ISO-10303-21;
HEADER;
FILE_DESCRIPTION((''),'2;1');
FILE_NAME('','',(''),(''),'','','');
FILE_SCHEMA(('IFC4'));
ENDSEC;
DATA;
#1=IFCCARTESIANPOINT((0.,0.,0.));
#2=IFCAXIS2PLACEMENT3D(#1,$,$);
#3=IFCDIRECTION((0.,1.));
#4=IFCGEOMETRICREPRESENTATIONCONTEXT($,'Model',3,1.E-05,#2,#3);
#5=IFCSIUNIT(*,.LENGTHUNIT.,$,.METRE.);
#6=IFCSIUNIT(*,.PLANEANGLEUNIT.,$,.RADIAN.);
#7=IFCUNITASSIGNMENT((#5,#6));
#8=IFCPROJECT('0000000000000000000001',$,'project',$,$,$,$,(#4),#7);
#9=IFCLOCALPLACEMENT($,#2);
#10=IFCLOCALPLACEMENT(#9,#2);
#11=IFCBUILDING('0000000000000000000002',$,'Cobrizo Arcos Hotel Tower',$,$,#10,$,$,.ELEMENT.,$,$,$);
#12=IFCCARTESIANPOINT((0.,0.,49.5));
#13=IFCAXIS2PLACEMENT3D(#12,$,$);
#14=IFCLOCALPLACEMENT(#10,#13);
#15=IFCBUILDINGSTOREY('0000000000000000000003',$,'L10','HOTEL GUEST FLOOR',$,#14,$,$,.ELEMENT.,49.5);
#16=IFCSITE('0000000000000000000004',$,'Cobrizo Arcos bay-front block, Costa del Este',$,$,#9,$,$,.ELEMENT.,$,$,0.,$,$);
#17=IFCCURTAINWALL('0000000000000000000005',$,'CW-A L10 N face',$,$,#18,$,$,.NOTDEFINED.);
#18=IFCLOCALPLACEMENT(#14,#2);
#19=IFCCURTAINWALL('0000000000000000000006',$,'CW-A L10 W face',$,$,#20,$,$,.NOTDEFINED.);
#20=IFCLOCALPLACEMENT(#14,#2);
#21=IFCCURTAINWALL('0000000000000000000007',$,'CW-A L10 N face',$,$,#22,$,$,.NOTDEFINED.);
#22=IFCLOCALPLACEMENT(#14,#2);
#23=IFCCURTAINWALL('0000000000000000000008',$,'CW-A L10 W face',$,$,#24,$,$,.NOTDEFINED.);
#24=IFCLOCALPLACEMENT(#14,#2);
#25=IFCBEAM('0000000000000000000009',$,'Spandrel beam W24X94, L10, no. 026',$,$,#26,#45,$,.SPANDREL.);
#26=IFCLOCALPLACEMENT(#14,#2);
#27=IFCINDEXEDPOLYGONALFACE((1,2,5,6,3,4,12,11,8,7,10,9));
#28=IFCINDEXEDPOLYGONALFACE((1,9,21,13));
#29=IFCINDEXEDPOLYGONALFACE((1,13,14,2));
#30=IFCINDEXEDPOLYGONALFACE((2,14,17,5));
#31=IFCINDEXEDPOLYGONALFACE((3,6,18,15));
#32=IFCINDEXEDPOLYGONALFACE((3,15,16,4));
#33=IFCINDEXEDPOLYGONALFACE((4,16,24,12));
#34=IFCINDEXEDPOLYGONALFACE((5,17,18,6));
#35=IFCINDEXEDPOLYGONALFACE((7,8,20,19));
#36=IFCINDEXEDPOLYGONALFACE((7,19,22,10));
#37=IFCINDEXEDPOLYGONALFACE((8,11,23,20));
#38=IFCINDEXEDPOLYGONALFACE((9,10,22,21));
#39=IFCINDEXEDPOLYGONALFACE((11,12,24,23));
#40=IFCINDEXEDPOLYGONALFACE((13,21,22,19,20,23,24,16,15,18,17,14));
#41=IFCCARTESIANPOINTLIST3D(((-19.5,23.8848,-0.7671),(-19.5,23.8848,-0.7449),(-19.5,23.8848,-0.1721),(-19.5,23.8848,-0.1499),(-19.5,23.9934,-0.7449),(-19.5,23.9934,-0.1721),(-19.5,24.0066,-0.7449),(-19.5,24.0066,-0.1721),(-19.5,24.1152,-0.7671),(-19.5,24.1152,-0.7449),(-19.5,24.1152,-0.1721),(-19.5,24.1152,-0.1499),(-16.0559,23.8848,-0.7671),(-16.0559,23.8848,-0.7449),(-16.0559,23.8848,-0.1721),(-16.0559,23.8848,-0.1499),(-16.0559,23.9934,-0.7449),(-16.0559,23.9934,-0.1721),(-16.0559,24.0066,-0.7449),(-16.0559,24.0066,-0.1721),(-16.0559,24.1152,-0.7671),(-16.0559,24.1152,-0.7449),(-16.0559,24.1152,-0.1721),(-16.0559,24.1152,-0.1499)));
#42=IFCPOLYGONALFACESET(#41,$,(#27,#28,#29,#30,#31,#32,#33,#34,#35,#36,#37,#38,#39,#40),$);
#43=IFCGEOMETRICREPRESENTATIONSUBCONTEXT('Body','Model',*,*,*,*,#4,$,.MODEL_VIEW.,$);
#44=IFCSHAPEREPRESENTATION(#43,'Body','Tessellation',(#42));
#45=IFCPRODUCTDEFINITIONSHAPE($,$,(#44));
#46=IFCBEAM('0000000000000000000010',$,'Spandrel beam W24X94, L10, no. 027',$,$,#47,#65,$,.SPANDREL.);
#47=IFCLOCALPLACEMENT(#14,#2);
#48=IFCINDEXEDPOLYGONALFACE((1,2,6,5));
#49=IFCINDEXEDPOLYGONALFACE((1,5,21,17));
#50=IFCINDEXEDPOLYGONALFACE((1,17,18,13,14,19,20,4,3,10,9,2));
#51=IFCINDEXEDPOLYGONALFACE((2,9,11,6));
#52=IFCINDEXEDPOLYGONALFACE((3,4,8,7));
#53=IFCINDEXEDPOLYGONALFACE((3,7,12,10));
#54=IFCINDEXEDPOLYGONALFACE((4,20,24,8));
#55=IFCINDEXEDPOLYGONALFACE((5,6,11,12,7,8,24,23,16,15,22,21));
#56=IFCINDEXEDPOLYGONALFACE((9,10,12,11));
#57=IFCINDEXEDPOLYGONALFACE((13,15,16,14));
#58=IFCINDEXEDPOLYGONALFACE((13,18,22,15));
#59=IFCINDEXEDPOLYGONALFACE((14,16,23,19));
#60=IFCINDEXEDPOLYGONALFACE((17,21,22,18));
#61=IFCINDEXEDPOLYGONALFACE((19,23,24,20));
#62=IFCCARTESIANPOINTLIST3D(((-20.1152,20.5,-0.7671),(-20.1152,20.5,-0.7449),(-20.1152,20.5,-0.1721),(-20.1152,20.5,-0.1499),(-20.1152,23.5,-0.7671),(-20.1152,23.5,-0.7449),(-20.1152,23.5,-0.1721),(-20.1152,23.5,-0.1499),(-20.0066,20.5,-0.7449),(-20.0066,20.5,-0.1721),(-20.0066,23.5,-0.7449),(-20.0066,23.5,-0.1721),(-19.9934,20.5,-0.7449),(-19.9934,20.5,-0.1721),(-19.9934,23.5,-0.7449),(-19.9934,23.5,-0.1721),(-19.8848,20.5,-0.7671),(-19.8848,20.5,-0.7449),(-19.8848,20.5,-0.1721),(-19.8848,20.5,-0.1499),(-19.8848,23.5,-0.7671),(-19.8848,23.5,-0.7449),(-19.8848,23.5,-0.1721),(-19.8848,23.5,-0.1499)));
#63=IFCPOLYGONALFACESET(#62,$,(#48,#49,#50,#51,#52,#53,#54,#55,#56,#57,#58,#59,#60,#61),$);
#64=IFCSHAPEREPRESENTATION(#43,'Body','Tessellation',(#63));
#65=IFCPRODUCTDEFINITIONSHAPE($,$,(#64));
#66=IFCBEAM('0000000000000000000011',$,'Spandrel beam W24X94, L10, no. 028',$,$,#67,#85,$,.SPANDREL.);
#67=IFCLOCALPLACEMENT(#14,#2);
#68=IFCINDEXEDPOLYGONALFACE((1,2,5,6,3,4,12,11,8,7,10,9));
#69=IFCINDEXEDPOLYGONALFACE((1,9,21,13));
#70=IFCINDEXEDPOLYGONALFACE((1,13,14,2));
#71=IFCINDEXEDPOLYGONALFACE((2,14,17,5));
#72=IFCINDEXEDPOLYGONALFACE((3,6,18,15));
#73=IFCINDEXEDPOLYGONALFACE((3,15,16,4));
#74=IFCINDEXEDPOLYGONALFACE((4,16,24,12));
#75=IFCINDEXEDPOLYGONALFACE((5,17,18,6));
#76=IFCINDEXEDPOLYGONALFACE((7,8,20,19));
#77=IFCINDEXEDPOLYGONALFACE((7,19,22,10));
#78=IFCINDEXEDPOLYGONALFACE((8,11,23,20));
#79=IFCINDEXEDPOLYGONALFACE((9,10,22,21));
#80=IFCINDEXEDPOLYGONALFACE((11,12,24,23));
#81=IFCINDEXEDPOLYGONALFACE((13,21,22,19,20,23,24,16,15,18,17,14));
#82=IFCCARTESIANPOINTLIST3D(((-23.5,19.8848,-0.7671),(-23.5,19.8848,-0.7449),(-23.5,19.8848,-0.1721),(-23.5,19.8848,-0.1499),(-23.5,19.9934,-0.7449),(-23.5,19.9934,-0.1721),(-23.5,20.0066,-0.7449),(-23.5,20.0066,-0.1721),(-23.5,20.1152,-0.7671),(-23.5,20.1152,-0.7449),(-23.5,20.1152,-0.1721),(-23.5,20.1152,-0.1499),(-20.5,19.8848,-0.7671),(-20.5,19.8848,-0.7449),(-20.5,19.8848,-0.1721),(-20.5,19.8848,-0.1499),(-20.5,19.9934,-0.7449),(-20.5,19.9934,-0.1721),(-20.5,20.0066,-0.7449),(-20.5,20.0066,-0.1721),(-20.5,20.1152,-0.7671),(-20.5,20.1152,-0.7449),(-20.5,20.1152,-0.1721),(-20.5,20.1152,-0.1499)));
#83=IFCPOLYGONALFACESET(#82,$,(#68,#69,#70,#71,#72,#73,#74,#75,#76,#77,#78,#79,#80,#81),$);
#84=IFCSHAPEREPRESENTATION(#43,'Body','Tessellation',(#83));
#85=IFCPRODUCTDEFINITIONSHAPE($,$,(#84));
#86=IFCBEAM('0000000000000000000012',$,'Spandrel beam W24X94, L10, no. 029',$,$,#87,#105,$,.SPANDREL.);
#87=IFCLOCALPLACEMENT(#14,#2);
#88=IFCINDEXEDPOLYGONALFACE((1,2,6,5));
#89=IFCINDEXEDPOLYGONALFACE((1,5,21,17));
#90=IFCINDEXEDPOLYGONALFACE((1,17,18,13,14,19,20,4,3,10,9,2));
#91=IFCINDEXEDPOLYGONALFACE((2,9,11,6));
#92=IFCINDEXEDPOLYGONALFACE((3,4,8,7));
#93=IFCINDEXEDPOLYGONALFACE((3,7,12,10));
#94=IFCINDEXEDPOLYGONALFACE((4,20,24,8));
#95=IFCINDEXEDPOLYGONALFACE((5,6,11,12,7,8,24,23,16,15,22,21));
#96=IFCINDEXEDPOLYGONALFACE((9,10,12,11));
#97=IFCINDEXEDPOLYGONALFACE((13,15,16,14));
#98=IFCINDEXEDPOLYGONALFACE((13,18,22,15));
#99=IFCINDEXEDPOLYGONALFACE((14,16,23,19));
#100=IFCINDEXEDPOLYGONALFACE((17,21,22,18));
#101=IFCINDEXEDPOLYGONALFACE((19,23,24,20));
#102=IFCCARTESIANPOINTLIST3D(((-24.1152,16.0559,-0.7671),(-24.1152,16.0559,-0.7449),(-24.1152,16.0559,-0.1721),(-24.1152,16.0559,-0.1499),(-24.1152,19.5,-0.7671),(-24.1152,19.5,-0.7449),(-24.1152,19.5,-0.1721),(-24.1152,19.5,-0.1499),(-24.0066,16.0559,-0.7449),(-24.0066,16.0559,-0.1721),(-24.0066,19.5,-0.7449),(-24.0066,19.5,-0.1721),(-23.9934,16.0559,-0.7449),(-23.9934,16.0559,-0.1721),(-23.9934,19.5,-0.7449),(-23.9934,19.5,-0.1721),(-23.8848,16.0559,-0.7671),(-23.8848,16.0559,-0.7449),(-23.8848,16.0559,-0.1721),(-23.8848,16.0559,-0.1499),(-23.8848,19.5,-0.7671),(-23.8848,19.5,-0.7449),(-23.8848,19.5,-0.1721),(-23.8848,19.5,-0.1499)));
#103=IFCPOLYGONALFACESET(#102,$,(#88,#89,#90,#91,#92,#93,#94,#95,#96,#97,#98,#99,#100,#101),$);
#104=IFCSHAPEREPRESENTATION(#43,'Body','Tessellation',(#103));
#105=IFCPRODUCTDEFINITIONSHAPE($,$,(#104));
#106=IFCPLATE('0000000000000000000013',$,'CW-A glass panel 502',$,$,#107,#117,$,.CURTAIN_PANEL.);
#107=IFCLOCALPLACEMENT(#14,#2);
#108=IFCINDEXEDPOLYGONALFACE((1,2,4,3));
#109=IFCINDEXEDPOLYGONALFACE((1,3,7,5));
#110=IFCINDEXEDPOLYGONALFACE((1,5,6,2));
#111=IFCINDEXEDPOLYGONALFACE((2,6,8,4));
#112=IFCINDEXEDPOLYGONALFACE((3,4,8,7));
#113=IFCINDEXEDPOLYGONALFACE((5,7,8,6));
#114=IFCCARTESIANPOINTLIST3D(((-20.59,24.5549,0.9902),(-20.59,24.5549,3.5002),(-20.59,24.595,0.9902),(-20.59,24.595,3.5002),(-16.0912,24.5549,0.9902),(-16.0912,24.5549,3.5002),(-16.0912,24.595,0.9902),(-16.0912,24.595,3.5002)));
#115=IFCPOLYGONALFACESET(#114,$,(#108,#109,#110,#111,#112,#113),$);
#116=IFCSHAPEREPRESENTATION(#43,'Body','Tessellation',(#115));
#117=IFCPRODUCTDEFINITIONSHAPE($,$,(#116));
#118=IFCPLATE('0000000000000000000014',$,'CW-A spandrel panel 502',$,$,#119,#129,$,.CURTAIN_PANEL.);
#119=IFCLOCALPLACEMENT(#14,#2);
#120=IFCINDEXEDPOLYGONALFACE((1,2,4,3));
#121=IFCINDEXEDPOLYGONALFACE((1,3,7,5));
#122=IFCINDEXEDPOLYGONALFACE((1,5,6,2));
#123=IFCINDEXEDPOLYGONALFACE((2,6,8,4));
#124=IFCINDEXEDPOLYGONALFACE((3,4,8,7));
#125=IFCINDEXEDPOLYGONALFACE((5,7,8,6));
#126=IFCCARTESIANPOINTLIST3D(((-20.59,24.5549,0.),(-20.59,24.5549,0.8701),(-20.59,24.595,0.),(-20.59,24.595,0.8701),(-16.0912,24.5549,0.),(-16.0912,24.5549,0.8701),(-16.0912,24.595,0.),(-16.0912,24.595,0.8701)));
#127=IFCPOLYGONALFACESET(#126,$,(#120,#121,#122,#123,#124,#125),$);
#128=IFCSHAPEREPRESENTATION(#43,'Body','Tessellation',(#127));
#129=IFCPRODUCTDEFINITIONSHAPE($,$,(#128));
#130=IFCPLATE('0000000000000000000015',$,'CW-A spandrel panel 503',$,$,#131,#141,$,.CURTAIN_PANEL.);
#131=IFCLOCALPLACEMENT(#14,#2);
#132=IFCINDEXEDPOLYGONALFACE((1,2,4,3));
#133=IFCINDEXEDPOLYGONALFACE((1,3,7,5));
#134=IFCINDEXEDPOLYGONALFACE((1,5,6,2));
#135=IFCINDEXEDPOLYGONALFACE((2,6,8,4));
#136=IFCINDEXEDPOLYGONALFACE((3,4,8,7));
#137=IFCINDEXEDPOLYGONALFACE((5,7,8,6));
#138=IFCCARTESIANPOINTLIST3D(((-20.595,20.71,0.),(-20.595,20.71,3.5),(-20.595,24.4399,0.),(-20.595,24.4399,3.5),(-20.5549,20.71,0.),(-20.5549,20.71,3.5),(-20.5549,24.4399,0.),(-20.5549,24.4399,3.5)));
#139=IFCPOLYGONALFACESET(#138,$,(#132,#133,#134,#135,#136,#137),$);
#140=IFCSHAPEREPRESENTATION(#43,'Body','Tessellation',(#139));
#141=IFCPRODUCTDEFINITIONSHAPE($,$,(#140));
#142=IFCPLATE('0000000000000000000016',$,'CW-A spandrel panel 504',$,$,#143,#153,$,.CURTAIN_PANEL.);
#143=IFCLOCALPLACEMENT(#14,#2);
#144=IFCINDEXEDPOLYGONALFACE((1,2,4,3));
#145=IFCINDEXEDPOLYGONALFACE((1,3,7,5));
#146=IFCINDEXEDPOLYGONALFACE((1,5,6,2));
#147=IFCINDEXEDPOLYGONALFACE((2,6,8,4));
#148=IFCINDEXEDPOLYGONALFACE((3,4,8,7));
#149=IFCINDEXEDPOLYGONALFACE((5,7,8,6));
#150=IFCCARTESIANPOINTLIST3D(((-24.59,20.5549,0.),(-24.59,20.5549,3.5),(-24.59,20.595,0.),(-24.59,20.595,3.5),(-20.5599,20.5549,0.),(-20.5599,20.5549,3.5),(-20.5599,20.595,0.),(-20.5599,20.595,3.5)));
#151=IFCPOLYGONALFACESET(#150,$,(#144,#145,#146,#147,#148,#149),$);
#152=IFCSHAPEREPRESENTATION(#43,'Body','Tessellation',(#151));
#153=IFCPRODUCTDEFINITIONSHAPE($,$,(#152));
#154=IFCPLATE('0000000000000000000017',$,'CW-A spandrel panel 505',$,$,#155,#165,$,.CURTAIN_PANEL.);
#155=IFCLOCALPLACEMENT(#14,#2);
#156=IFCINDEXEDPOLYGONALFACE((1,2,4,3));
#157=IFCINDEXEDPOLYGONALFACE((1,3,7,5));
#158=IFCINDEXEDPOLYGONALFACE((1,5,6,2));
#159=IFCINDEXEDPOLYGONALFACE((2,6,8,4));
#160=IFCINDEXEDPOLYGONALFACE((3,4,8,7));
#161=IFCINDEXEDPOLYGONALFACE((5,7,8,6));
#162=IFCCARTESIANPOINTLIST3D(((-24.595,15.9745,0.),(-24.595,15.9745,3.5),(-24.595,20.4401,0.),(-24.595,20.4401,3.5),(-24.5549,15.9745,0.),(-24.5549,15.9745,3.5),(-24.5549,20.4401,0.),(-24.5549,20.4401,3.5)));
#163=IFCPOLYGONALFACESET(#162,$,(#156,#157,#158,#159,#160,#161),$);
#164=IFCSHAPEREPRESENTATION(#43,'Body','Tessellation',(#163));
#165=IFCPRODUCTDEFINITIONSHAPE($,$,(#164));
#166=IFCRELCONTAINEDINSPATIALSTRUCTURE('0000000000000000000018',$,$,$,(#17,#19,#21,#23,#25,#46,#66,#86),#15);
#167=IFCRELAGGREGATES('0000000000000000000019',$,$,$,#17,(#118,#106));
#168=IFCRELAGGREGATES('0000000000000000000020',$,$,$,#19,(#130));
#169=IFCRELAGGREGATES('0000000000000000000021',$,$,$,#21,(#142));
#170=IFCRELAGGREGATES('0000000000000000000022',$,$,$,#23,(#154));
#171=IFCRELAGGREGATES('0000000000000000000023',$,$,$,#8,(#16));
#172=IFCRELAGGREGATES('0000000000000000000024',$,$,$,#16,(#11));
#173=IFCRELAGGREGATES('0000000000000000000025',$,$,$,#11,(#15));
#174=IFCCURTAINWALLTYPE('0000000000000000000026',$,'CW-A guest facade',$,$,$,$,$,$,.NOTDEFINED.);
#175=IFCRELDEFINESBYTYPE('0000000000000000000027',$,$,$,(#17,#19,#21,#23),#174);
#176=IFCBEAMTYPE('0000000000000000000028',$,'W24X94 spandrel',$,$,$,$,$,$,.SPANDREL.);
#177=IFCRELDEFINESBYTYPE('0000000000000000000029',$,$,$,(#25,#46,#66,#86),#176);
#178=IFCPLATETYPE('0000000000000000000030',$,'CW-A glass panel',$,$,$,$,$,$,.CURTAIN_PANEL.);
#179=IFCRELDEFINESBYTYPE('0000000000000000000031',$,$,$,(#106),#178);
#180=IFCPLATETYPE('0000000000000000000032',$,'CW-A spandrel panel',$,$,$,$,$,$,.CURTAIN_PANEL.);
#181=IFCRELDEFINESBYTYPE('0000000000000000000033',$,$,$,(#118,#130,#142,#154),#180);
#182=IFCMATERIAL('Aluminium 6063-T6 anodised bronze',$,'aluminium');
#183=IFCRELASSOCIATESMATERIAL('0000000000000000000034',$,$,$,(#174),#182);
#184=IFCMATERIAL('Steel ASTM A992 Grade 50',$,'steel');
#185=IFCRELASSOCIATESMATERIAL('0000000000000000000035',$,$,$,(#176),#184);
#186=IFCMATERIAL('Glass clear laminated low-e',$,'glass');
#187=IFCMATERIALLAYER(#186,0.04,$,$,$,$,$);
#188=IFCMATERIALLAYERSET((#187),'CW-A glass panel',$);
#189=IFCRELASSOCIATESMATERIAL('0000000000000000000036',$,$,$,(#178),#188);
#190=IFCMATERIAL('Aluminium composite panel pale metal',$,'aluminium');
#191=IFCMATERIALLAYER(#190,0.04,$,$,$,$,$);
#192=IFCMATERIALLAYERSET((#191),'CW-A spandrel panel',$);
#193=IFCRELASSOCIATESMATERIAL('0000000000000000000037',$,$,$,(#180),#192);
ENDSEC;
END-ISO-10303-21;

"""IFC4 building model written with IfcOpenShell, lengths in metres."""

from ifc_helpers import new_model, si_unit, direction, frame, origin, origin_2d, place, context, subcontext, project, spatial, rectangle, i_section, extrude, material, layer, layer_set, material_profile, profile_set, type_object, element, aggregate, save


model = new_model("IFC4")

# Units and contexts
model_context = context("Model", 3, precision=1e-05, world=origin(), true_north=direction((0.0, 1.0)))
body_context = subcontext(model_context, "Body", "Model", "MODEL_VIEW")
ifc_project = project(units=[si_unit("LENGTHUNIT", "METRE"), si_unit("PLANEANGLEUNIT", "RADIAN")], contexts=[model_context])

# Site, building, storey
site_placement = place(None, origin())
site = spatial("IfcSite", under=ifc_project, at=site_placement, Name="Cobrizo Arcos bay-front block, Costa del Este", CompositionType="ELEMENT", RefElevation=0.0)
building_placement = place(site_placement, origin())
building = spatial("IfcBuilding", under=site, at=building_placement, Name="Cobrizo Arcos Hotel Tower", CompositionType="ELEMENT")
storey_placement = place(building_placement, frame((0.0, 0.0, 49.5)))
storey = spatial("IfcBuildingStorey", under=building, at=storey_placement, Name="L10", Description="HOTEL GUEST FLOOR", CompositionType="ELEMENT", Elevation=49.5)

# Curtain walls
ifc_material_1 = material(Name="Aluminium 6063-T6 anodised bronze", Category="aluminium")
curtain_wall_type = type_object("IfcCurtainWallType", Name="CW-A guest facade", PredefinedType="NOTDEFINED", material=ifc_material_1)
curtain_wall_1_placement = place(storey_placement, origin())
curtain_wall_1 = element("IfcCurtainWall", 1, at=curtain_wall_1_placement, inside=storey, type_object=curtain_wall_type, Name="CW-A L10 N face", PredefinedType="NOTDEFINED")
curtain_wall_2_placement = place(storey_placement, origin())
curtain_wall_2 = element("IfcCurtainWall", 2, at=curtain_wall_2_placement, inside=storey, type_object=curtain_wall_type, Name="CW-A L10 W face", PredefinedType="NOTDEFINED")
curtain_wall_3_placement = place(storey_placement, origin())
curtain_wall_3 = element("IfcCurtainWall", 3, at=curtain_wall_3_placement, inside=storey, type_object=curtain_wall_type, Name="CW-A L10 N face", PredefinedType="NOTDEFINED")
curtain_wall_4_placement = place(storey_placement, origin())
curtain_wall_4 = element("IfcCurtainWall", 4, at=curtain_wall_4_placement, inside=storey, type_object=curtain_wall_type, Name="CW-A L10 W face", PredefinedType="NOTDEFINED")

# Beams
ifc_material_2 = material(Name="Steel ASTM A992 Grade 50", Category="steel")
ifc_material_profile_1 = material_profile(ifc_material_2, i_section(OverallWidth=0.2305, OverallDepth=0.6172, WebThickness=0.0132, FlangeThickness=0.0222, at=origin_2d()), Name="W24X94")
ifc_profile_set_1 = profile_set([ifc_material_profile_1], Name="Steel ASTM A992 Grade 50")
beam_type = type_object("IfcBeamType", Name="W24X94 spandrel", PredefinedType="SPANDREL", material=ifc_profile_set_1)
beam_1_placement = place(storey_placement, frame((-16.0559, 24.0, -0.4585), z_axis=(-1.0, 0.0, 0.0), x_axis=(0.0, -1.0, 0.0)))
element("IfcBeam", 5, at=beam_1_placement, inside=storey, type_object=beam_type, Name="Spandrel beam W24X94, L10, no. 026", PredefinedType="SPANDREL", context=body_context, shape_type="SweptSolid", body=[
    extrude(i_section(OverallWidth=0.2305, OverallDepth=0.6172, WebThickness=0.0132, FlangeThickness=0.0222, at=origin_2d()), origin(), (0.0, 0.0, 1.0), 3.4441),
])
for number, where, z_axis, x_axis, name in (
    (6, (-20.0, 23.5, -0.4585), (0.0, -1.0, 0.0), (1.0, 0.0, 0.0), "Spandrel beam W24X94, L10, no. 027"),
    (7, (-20.5, 20.0, -0.4585), (-1.0, 0.0, 0.0), (0.0, -1.0, 0.0), "Spandrel beam W24X94, L10, no. 028"),
):
    element("IfcBeam", number, at=place(storey_placement, frame(where, z_axis=z_axis, x_axis=x_axis)), inside=storey, type_object=beam_type, Name=name, PredefinedType="SPANDREL", context=body_context, shape_type="SweptSolid", body=[
        extrude(i_section(OverallWidth=0.2305, OverallDepth=0.6172, WebThickness=0.0132, FlangeThickness=0.0222, at=origin_2d()), origin(), (0.0, 0.0, 1.0), 3.0),
    ])
beam_2_placement = place(storey_placement, frame((-24.0, 19.5, -0.4585), z_axis=(0.0, -1.0, 0.0), x_axis=(1.0, 0.0, 0.0)))
element("IfcBeam", 8, at=beam_2_placement, inside=storey, type_object=beam_type, Name="Spandrel beam W24X94, L10, no. 029", PredefinedType="SPANDREL", context=body_context, shape_type="SweptSolid", body=[
    extrude(i_section(OverallWidth=0.2305, OverallDepth=0.6172, WebThickness=0.0132, FlangeThickness=0.0222, at=origin_2d()), origin(), (0.0, 0.0, 1.0), 3.4441),
])

# Plates
ifc_material_3 = material(Name="Glass clear laminated low-e", Category="glass")
ifc_layer_1 = layer(ifc_material_3, 0.04)
ifc_layer_set_1 = layer_set([ifc_layer_1], Name="CW-A glass panel")
plate_type_1 = type_object("IfcPlateType", Name="CW-A glass panel", PredefinedType="CURTAIN_PANEL", material=ifc_layer_set_1)
plate_1_placement = place(storey_placement, frame((-18.3406, 24.575, 0.9902), z_axis=(0.0, 0.0, 1.0), x_axis=(-1.0, 0.0, 0.0)))
plate_1 = element("IfcPlate", 9, at=plate_1_placement, type_object=plate_type_1, Name="CW-A glass panel 502", PredefinedType="CURTAIN_PANEL", context=body_context, shape_type="SweptSolid", body=[
    extrude(rectangle(XDim=4.4988, YDim=0.04, at=origin_2d()), origin(), (0.0, 0.0, 1.0), 2.51),
])
ifc_material_4 = material(Name="Aluminium composite panel pale metal", Category="aluminium")
ifc_layer_2 = layer(ifc_material_4, 0.04)
ifc_layer_set_2 = layer_set([ifc_layer_2], Name="CW-A spandrel panel")
plate_type_2 = type_object("IfcPlateType", Name="CW-A spandrel panel", PredefinedType="CURTAIN_PANEL", material=ifc_layer_set_2)
plate_2_placement = place(storey_placement, frame((-18.3406, 24.575, 0.0), z_axis=(0.0, 0.0, 1.0), x_axis=(-1.0, 0.0, 0.0)))
plate_2 = element("IfcPlate", 10, at=plate_2_placement, type_object=plate_type_2, Name="CW-A spandrel panel 502", PredefinedType="CURTAIN_PANEL", context=body_context, shape_type="SweptSolid", body=[
    extrude(rectangle(XDim=4.4988, YDim=0.04, at=origin_2d()), origin(), (0.0, 0.0, 1.0), 0.8701),
])
aggregate(curtain_wall_1, [plate_2, plate_1])
plate_3_placement = place(storey_placement, frame((-20.575, 22.575, 0.0), z_axis=(0.0, 0.0, 1.0), x_axis=(0.0, -1.0, 0.0)))
plate_3 = element("IfcPlate", 11, at=plate_3_placement, type_object=plate_type_2, Name="CW-A spandrel panel 503", PredefinedType="CURTAIN_PANEL", context=body_context, shape_type="SweptSolid", body=[
    extrude(rectangle(XDim=3.73, YDim=0.04, at=origin_2d()), origin(), (0.0, 0.0, 1.0), 3.5),
])
aggregate(curtain_wall_2, [plate_3])
plate_4_placement = place(storey_placement, frame((-22.575, 20.575, 0.0), z_axis=(0.0, 0.0, 1.0), x_axis=(-1.0, 0.0, 0.0)))
plate_4 = element("IfcPlate", 12, at=plate_4_placement, type_object=plate_type_2, Name="CW-A spandrel panel 504", PredefinedType="CURTAIN_PANEL", context=body_context, shape_type="SweptSolid", body=[
    extrude(rectangle(XDim=4.03, YDim=0.04, at=origin_2d()), origin(), (0.0, 0.0, 1.0), 3.5),
])
aggregate(curtain_wall_3, [plate_4])
plate_5_placement = place(storey_placement, frame((-24.575, 18.2073, 0.0), z_axis=(0.0, 0.0, 1.0), x_axis=(0.0, -1.0, 0.0)))
plate_5 = element("IfcPlate", 13, at=plate_5_placement, type_object=plate_type_2, Name="CW-A spandrel panel 505", PredefinedType="CURTAIN_PANEL", context=body_context, shape_type="SweptSolid", body=[
    extrude(rectangle(XDim=4.4656, YDim=0.04, at=origin_2d()), origin(), (0.0, 0.0, 1.0), 3.5),
])
aggregate(curtain_wall_4, [plate_5])

save(model, "model.ifc")
